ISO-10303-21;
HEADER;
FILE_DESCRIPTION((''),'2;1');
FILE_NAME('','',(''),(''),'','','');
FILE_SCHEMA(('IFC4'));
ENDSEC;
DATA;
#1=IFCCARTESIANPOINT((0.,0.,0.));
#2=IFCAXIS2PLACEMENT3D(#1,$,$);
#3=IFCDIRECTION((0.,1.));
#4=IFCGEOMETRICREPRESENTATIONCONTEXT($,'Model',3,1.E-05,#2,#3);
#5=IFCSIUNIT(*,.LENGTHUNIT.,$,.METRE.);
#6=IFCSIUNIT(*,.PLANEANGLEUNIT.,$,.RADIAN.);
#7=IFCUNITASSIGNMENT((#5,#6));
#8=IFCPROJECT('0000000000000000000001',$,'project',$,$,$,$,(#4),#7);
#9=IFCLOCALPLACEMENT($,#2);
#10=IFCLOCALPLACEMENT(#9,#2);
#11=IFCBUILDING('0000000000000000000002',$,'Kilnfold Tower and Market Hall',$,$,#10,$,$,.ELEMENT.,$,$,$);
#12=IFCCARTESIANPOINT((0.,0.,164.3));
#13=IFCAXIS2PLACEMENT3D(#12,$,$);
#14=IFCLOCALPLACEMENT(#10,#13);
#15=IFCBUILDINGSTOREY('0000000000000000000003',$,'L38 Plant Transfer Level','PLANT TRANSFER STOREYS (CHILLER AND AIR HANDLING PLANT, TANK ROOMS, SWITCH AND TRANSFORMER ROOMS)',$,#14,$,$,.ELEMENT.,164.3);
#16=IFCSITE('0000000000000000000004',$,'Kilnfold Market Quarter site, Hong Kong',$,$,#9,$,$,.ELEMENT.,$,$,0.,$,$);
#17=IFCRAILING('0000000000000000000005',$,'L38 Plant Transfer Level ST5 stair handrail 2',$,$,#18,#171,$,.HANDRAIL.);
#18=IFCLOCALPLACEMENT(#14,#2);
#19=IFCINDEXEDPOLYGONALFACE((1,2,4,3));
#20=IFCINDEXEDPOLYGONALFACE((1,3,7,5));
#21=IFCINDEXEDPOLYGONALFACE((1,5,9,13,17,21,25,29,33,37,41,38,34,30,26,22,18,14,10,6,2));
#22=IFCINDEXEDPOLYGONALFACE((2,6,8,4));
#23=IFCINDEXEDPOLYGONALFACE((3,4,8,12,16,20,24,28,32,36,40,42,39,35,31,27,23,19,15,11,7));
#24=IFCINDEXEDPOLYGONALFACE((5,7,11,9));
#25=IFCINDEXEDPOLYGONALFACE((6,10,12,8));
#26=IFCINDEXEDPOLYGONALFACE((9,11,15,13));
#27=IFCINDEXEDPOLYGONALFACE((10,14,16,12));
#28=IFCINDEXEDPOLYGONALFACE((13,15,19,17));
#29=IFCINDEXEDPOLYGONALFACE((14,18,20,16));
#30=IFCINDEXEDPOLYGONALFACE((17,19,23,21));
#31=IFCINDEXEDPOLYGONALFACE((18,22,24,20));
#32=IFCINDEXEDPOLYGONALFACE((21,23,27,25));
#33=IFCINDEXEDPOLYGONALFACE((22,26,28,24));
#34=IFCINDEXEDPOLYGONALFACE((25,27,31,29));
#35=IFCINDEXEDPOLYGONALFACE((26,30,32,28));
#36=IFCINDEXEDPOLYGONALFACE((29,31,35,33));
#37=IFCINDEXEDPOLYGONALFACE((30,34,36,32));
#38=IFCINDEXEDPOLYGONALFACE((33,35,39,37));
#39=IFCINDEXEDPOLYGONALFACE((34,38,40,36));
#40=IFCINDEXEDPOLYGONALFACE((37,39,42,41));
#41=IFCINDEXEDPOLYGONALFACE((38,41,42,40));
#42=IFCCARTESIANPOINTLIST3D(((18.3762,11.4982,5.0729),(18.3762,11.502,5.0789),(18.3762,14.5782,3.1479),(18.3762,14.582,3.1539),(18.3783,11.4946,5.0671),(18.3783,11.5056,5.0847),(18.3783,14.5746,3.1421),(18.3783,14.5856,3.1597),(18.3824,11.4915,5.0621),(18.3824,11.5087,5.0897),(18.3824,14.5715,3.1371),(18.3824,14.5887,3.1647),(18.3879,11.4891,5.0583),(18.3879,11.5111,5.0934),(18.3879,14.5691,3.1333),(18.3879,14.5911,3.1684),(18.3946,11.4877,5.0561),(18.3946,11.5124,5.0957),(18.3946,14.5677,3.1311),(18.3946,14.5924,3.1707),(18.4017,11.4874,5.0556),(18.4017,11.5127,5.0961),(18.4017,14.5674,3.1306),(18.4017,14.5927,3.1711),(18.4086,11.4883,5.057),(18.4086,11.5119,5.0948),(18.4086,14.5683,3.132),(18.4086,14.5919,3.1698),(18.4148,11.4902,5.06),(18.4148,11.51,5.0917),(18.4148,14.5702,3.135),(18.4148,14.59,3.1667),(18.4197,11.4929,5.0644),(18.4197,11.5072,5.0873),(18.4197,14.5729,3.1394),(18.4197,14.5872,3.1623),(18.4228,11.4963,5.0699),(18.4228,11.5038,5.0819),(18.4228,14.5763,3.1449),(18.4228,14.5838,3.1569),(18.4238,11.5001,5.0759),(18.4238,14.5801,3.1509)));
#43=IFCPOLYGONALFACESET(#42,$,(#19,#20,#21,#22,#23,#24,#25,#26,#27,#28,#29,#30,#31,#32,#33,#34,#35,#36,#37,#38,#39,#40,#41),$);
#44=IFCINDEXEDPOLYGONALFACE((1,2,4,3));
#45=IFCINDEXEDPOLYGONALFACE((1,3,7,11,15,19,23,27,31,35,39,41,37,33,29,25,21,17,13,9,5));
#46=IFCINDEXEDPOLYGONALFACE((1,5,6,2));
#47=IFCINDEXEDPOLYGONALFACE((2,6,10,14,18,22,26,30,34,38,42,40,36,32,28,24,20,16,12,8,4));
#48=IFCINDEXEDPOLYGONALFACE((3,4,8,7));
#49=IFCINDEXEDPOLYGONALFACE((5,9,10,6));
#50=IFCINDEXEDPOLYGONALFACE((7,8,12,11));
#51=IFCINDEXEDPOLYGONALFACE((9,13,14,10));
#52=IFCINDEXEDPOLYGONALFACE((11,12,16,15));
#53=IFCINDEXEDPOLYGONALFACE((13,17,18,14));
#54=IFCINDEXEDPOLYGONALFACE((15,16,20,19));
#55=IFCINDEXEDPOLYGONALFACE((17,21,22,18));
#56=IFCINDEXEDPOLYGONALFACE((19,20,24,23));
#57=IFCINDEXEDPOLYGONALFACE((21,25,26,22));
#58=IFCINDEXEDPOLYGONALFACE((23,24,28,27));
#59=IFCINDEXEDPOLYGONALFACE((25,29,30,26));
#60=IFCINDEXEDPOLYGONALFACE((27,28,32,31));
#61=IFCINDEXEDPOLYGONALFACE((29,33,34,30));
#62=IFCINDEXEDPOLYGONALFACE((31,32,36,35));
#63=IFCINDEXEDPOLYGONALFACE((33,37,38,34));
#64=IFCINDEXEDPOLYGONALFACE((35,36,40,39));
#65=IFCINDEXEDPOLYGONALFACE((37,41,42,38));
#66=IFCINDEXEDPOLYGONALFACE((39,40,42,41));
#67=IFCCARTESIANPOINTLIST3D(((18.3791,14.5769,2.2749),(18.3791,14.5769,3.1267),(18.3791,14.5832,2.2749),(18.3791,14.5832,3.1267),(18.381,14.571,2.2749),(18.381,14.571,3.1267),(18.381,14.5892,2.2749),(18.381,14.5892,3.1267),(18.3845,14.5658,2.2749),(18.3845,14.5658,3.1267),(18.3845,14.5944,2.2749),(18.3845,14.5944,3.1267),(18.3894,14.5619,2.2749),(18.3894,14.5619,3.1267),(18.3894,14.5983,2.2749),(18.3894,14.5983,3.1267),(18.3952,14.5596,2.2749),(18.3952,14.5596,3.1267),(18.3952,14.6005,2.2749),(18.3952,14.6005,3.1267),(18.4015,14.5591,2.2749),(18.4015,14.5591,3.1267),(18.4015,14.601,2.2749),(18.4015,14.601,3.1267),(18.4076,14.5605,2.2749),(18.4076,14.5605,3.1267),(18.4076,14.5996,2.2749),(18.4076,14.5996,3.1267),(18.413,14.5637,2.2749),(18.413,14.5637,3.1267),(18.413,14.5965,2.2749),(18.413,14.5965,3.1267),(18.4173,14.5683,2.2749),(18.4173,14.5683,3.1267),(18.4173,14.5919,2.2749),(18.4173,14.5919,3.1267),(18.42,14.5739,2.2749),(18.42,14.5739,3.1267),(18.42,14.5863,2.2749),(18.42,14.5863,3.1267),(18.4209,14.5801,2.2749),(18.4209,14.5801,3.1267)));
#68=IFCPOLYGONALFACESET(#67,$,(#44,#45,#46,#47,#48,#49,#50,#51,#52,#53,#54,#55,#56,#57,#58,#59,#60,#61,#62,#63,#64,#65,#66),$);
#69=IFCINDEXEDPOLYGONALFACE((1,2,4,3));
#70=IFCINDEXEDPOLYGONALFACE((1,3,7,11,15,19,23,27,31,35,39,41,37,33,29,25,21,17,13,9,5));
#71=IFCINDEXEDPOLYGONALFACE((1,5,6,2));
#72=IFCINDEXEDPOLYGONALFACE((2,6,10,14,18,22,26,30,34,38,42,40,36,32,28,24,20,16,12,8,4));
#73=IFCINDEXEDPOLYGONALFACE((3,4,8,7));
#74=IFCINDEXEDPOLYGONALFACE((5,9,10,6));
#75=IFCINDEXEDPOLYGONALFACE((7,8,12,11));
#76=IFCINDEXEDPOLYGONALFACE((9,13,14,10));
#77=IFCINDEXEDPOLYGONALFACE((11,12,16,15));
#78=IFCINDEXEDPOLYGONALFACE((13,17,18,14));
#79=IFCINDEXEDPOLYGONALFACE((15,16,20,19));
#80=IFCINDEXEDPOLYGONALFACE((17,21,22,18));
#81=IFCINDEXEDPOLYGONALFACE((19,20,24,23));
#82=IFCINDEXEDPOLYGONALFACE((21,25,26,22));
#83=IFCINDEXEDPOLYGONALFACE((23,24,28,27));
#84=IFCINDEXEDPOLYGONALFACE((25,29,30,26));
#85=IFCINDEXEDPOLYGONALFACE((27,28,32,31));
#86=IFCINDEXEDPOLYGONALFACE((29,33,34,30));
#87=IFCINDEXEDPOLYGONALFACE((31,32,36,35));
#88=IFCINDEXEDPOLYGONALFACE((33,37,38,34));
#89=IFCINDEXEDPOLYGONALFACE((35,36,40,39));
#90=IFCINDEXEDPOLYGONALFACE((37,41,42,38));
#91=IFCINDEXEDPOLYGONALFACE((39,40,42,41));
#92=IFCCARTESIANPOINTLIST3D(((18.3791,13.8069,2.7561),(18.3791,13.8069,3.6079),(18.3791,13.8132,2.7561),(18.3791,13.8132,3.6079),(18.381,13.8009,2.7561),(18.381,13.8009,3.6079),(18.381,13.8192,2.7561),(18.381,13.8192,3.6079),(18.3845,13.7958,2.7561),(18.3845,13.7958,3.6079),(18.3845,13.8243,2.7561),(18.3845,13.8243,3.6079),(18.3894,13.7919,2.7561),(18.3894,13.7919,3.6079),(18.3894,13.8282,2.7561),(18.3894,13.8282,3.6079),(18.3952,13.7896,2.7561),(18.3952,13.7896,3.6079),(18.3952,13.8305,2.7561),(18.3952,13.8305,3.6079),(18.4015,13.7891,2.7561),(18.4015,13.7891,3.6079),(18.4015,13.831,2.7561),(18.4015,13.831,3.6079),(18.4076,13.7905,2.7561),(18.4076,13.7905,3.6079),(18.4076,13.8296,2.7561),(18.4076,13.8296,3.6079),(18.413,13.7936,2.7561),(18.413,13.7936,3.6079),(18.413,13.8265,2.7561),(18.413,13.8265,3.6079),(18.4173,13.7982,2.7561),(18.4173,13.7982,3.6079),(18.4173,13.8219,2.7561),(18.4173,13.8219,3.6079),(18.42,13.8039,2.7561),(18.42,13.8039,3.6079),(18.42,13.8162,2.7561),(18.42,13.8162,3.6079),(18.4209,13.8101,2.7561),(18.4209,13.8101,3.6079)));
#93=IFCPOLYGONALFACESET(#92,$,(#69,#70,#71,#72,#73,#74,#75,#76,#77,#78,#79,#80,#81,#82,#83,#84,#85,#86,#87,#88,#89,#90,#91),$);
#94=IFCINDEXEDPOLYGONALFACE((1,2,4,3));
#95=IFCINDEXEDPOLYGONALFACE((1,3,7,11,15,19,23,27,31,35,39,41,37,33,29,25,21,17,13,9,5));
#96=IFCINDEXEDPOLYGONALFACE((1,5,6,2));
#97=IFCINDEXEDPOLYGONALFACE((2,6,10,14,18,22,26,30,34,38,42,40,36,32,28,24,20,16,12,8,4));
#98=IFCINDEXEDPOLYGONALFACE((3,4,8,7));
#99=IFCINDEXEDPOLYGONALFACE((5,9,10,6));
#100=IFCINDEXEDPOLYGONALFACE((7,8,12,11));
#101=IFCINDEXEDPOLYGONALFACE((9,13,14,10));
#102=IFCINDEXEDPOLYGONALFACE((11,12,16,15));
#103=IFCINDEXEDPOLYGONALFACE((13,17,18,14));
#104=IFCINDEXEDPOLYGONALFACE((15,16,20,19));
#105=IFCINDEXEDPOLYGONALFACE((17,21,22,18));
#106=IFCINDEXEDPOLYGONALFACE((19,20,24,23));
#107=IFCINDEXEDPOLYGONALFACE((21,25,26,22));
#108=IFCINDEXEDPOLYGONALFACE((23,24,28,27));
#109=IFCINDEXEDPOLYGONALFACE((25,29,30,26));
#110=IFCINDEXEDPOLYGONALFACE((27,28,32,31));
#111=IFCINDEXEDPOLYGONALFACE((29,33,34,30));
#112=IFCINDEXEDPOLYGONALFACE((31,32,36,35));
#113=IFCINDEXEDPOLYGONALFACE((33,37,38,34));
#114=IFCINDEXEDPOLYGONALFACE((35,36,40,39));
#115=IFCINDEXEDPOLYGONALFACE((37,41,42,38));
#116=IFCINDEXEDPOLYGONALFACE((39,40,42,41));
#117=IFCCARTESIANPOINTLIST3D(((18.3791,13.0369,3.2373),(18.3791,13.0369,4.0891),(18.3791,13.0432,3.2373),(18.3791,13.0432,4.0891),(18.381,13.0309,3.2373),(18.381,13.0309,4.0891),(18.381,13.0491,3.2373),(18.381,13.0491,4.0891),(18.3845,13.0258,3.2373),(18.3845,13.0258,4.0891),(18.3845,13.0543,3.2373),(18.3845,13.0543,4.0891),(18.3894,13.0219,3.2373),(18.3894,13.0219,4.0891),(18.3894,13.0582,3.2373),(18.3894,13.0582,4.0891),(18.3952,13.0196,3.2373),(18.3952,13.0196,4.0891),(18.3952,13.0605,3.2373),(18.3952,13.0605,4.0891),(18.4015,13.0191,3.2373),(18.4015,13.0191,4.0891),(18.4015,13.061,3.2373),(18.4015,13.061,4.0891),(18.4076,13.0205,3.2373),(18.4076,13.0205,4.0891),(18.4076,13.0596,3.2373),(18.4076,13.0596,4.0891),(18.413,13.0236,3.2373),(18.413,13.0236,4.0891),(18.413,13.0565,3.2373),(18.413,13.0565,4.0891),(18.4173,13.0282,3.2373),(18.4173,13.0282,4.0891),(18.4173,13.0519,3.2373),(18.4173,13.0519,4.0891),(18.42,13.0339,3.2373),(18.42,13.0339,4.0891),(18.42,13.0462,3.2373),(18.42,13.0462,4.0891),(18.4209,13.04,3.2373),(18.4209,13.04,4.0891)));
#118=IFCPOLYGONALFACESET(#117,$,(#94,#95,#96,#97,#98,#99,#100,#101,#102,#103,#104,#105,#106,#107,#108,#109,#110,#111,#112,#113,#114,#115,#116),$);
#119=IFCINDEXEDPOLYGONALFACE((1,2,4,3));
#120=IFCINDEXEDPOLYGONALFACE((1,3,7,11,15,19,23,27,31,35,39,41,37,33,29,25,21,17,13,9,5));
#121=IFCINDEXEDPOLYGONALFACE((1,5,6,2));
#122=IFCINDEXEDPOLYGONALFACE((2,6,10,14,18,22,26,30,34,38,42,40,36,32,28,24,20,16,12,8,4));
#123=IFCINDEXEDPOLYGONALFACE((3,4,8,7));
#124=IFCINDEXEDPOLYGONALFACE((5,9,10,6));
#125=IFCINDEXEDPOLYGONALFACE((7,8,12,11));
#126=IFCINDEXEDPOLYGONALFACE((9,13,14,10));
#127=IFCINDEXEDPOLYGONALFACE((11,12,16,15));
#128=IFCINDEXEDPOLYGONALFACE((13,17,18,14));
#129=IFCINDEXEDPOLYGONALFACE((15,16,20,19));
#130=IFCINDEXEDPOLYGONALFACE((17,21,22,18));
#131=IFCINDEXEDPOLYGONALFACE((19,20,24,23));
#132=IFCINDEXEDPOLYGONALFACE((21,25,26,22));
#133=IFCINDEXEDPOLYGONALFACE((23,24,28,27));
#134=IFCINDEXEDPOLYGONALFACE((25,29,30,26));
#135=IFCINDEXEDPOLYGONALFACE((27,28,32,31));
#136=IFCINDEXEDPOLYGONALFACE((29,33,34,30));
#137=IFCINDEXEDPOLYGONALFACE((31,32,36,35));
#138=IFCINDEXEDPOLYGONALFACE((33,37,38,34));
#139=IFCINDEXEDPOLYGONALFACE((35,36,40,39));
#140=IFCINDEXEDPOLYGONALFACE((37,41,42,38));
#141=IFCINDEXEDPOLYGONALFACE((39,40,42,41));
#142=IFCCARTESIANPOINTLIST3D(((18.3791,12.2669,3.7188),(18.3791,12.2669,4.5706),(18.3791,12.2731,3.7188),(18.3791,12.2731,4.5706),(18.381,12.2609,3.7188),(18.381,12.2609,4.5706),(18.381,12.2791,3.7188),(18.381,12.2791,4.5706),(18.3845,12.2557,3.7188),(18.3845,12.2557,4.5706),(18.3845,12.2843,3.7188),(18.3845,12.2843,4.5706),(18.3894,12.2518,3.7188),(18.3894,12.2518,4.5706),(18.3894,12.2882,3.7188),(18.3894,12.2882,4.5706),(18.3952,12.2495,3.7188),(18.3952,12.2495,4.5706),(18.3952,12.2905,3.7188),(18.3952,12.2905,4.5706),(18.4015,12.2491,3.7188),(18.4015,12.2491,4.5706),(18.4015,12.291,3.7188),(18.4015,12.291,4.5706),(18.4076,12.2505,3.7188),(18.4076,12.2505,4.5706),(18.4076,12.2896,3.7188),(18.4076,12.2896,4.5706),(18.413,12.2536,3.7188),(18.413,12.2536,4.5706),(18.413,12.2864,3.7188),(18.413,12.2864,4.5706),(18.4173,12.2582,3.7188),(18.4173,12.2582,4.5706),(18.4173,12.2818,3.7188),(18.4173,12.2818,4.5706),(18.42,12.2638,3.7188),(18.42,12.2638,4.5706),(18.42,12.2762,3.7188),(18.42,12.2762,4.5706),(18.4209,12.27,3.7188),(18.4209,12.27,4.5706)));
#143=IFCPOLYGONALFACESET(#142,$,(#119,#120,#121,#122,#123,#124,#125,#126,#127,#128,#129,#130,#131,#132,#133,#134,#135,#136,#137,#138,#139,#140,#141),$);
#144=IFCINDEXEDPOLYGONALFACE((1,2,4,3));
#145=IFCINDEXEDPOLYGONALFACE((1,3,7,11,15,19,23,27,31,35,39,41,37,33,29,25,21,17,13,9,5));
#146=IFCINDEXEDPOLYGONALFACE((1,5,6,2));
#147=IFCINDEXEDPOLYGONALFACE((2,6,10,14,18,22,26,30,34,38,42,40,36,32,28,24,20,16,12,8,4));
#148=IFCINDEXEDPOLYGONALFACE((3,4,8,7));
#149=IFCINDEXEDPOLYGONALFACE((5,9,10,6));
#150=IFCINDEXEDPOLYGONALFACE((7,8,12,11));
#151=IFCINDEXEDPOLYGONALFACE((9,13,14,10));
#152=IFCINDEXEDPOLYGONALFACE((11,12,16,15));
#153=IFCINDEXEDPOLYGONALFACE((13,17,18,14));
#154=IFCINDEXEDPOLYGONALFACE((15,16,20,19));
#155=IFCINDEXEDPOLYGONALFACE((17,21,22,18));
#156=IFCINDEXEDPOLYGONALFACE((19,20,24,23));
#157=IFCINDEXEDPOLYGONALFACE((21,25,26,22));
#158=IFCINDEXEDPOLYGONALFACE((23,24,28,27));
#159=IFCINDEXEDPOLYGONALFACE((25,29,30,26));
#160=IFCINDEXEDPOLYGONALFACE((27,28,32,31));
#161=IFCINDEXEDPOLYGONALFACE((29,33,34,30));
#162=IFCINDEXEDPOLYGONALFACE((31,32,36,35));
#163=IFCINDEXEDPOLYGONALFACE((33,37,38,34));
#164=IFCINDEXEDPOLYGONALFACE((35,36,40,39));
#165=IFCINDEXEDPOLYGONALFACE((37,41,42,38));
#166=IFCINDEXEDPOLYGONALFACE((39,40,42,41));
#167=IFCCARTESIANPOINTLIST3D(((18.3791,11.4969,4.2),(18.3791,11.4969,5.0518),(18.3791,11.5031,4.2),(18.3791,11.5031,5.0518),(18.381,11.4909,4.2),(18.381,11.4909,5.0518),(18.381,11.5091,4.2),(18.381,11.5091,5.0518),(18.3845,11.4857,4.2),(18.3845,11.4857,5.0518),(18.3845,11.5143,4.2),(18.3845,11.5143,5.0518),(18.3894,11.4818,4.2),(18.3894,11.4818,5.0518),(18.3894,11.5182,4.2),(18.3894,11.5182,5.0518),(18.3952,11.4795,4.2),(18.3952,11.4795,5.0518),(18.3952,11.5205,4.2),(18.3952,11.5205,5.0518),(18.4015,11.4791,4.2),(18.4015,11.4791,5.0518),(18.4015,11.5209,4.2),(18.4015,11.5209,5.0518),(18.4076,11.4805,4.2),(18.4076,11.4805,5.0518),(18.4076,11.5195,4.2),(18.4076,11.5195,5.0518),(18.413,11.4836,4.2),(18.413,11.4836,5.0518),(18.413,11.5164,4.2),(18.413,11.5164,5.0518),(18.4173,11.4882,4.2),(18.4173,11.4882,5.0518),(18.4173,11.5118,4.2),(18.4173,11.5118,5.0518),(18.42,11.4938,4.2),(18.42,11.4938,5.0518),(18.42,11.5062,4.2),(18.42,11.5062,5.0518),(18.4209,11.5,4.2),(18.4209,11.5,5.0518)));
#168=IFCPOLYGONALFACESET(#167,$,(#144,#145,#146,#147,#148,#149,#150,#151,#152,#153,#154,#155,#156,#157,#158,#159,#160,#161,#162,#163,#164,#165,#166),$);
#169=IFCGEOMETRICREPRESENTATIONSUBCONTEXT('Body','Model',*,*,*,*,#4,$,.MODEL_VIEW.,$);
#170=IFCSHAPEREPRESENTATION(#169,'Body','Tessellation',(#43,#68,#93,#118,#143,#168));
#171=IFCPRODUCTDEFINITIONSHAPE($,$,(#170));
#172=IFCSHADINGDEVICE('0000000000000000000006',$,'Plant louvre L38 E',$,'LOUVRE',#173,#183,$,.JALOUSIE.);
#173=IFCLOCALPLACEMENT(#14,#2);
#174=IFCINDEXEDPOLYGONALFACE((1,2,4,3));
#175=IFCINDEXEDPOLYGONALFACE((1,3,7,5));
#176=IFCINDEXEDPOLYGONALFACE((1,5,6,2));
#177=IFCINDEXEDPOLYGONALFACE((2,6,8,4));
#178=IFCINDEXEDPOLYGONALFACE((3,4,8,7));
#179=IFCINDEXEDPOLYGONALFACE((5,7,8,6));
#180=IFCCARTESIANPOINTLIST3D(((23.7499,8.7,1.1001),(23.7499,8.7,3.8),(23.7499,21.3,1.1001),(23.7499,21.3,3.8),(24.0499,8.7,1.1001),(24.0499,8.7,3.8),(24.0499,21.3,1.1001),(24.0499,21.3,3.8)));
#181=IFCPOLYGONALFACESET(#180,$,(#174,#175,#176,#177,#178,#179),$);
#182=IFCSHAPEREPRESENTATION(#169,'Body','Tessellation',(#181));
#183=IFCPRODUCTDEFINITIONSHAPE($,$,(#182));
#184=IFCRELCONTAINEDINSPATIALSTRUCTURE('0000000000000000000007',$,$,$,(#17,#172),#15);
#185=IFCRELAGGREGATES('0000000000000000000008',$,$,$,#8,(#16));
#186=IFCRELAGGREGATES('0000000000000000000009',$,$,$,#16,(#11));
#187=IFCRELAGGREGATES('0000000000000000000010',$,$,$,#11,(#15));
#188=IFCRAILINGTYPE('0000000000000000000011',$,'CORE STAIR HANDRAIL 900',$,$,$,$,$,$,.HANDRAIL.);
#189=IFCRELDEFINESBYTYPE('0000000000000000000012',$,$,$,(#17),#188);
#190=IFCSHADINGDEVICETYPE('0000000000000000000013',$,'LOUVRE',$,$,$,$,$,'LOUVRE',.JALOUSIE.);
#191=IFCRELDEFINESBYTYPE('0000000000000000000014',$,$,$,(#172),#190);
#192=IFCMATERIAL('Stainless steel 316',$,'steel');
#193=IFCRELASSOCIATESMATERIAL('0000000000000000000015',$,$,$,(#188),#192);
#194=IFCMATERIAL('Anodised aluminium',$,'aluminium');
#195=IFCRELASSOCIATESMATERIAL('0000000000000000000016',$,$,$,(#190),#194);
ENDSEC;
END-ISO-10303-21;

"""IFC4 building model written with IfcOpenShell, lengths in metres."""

from ifc_helpers import new_model, si_unit, direction, frame, origin, origin_2d, place, context, subcontext, project, spatial, rectangle, circle, extrude, source, transform, mapped, material, type_object, element, save


model = new_model("IFC4")

# Units and contexts
model_context = context("Model", 3, precision=1e-05, world=origin(), true_north=direction((0.0, 1.0)))
body_context = subcontext(model_context, "Body", "Model", "MODEL_VIEW")
ifc_project = project(units=[si_unit("LENGTHUNIT", "METRE"), si_unit("PLANEANGLEUNIT", "RADIAN")], contexts=[model_context])

# Site, building, storey
site_placement = place(None, origin())
site = spatial("IfcSite", under=ifc_project, at=site_placement, Name="Kilnfold Market Quarter site, Hong Kong", CompositionType="ELEMENT", RefElevation=0.0)
building_placement = place(site_placement, origin())
building = spatial("IfcBuilding", under=site, at=building_placement, Name="Kilnfold Tower and Market Hall", CompositionType="ELEMENT")
storey_placement = place(building_placement, frame((0.0, 0.0, 164.3)))
storey = spatial("IfcBuildingStorey", under=building, at=storey_placement, Name="L38 Plant Transfer Level", Description="PLANT TRANSFER STOREYS (CHILLER AND AIR HANDLING PLANT, TANK ROOMS, SWITCH AND TRANSFORMER ROOMS)", CompositionType="ELEMENT", Elevation=164.3)

# Railing
ifc_material_1 = material(Name="Stainless steel 316", Category="steel")
railing_type_1 = type_object("IfcRailingType", Name="CORE STAIR HANDRAIL 900", PredefinedType="HANDRAIL", material=ifc_material_1)
railing_1_placement = place(storey_placement, frame((18.3999, 14.5801, 2.2749)))
element("IfcRailing", 1, at=railing_1_placement, inside=storey, type_object=railing_type_1, Name="L38 Plant Transfer Level ST5 stair handrail 2", PredefinedType="HANDRAIL", context=body_context, shape_type="SweptSolid", body=[
    extrude(circle(Radius=0.0239, at=origin_2d()), frame((0.0, 0.0, 0.876), z_axis=(0.0, -0.847998, 0.529999), x_axis=(1.0, 0.0, 0.0)), (0.0, 0.0, 1.0), 3.6321),
    extrude(circle(Radius=0.021, at=origin_2d()), origin(), (0.0, 0.0, 1.0), 0.8518),
    extrude(circle(Radius=0.021, at=origin_2d()), frame((0.0, -0.77, 0.4812)), (0.0, 0.0, 1.0), 0.8518),
    extrude(circle(Radius=0.021, at=origin_2d()), frame((0.0, -1.54, 0.9624)), (0.0, 0.0, 1.0), 0.8518),
    extrude(circle(Radius=0.021, at=origin_2d()), frame((0.0, -2.3101, 1.4438)), (0.0, 0.0, 1.0), 0.8518),
    extrude(circle(Radius=0.021, at=origin_2d()), frame((0.0, -3.0801, 1.925)), (0.0, 0.0, 1.0), 0.8518),
])

# Shading device
ifc_material_2 = material(Name="Anodised aluminium", Category="aluminium")
shading_device_type = type_object("IfcShadingDeviceType", Name="LOUVRE", ElementType="LOUVRE", PredefinedType="JALOUSIE", material=ifc_material_2)
shared_shape_1 = source(origin(), body_context, "Body", "SweptSolid", [
    extrude(rectangle(XDim=12.6001, YDim=0.3, at=origin_2d()), origin(), (0.0, 0.0, 1.0), 2.7),
])
shading_device_placement = place(storey_placement, frame((23.8999, 15.0, 1.1001), z_axis=(0.0, 0.0, 1.0), x_axis=(0.0, 1.0, 0.0)))
element("IfcShadingDevice", 2, at=shading_device_placement, inside=storey, type_object=shading_device_type, Name="Plant louvre L38 E", ObjectType="LOUVRE", PredefinedType="JALOUSIE", context=body_context, shape_type="MappedRepresentation", body=[
    mapped(shared_shape_1, transform((0.0, 0.0, 0.0))),
])

save(model, "model.ifc")
